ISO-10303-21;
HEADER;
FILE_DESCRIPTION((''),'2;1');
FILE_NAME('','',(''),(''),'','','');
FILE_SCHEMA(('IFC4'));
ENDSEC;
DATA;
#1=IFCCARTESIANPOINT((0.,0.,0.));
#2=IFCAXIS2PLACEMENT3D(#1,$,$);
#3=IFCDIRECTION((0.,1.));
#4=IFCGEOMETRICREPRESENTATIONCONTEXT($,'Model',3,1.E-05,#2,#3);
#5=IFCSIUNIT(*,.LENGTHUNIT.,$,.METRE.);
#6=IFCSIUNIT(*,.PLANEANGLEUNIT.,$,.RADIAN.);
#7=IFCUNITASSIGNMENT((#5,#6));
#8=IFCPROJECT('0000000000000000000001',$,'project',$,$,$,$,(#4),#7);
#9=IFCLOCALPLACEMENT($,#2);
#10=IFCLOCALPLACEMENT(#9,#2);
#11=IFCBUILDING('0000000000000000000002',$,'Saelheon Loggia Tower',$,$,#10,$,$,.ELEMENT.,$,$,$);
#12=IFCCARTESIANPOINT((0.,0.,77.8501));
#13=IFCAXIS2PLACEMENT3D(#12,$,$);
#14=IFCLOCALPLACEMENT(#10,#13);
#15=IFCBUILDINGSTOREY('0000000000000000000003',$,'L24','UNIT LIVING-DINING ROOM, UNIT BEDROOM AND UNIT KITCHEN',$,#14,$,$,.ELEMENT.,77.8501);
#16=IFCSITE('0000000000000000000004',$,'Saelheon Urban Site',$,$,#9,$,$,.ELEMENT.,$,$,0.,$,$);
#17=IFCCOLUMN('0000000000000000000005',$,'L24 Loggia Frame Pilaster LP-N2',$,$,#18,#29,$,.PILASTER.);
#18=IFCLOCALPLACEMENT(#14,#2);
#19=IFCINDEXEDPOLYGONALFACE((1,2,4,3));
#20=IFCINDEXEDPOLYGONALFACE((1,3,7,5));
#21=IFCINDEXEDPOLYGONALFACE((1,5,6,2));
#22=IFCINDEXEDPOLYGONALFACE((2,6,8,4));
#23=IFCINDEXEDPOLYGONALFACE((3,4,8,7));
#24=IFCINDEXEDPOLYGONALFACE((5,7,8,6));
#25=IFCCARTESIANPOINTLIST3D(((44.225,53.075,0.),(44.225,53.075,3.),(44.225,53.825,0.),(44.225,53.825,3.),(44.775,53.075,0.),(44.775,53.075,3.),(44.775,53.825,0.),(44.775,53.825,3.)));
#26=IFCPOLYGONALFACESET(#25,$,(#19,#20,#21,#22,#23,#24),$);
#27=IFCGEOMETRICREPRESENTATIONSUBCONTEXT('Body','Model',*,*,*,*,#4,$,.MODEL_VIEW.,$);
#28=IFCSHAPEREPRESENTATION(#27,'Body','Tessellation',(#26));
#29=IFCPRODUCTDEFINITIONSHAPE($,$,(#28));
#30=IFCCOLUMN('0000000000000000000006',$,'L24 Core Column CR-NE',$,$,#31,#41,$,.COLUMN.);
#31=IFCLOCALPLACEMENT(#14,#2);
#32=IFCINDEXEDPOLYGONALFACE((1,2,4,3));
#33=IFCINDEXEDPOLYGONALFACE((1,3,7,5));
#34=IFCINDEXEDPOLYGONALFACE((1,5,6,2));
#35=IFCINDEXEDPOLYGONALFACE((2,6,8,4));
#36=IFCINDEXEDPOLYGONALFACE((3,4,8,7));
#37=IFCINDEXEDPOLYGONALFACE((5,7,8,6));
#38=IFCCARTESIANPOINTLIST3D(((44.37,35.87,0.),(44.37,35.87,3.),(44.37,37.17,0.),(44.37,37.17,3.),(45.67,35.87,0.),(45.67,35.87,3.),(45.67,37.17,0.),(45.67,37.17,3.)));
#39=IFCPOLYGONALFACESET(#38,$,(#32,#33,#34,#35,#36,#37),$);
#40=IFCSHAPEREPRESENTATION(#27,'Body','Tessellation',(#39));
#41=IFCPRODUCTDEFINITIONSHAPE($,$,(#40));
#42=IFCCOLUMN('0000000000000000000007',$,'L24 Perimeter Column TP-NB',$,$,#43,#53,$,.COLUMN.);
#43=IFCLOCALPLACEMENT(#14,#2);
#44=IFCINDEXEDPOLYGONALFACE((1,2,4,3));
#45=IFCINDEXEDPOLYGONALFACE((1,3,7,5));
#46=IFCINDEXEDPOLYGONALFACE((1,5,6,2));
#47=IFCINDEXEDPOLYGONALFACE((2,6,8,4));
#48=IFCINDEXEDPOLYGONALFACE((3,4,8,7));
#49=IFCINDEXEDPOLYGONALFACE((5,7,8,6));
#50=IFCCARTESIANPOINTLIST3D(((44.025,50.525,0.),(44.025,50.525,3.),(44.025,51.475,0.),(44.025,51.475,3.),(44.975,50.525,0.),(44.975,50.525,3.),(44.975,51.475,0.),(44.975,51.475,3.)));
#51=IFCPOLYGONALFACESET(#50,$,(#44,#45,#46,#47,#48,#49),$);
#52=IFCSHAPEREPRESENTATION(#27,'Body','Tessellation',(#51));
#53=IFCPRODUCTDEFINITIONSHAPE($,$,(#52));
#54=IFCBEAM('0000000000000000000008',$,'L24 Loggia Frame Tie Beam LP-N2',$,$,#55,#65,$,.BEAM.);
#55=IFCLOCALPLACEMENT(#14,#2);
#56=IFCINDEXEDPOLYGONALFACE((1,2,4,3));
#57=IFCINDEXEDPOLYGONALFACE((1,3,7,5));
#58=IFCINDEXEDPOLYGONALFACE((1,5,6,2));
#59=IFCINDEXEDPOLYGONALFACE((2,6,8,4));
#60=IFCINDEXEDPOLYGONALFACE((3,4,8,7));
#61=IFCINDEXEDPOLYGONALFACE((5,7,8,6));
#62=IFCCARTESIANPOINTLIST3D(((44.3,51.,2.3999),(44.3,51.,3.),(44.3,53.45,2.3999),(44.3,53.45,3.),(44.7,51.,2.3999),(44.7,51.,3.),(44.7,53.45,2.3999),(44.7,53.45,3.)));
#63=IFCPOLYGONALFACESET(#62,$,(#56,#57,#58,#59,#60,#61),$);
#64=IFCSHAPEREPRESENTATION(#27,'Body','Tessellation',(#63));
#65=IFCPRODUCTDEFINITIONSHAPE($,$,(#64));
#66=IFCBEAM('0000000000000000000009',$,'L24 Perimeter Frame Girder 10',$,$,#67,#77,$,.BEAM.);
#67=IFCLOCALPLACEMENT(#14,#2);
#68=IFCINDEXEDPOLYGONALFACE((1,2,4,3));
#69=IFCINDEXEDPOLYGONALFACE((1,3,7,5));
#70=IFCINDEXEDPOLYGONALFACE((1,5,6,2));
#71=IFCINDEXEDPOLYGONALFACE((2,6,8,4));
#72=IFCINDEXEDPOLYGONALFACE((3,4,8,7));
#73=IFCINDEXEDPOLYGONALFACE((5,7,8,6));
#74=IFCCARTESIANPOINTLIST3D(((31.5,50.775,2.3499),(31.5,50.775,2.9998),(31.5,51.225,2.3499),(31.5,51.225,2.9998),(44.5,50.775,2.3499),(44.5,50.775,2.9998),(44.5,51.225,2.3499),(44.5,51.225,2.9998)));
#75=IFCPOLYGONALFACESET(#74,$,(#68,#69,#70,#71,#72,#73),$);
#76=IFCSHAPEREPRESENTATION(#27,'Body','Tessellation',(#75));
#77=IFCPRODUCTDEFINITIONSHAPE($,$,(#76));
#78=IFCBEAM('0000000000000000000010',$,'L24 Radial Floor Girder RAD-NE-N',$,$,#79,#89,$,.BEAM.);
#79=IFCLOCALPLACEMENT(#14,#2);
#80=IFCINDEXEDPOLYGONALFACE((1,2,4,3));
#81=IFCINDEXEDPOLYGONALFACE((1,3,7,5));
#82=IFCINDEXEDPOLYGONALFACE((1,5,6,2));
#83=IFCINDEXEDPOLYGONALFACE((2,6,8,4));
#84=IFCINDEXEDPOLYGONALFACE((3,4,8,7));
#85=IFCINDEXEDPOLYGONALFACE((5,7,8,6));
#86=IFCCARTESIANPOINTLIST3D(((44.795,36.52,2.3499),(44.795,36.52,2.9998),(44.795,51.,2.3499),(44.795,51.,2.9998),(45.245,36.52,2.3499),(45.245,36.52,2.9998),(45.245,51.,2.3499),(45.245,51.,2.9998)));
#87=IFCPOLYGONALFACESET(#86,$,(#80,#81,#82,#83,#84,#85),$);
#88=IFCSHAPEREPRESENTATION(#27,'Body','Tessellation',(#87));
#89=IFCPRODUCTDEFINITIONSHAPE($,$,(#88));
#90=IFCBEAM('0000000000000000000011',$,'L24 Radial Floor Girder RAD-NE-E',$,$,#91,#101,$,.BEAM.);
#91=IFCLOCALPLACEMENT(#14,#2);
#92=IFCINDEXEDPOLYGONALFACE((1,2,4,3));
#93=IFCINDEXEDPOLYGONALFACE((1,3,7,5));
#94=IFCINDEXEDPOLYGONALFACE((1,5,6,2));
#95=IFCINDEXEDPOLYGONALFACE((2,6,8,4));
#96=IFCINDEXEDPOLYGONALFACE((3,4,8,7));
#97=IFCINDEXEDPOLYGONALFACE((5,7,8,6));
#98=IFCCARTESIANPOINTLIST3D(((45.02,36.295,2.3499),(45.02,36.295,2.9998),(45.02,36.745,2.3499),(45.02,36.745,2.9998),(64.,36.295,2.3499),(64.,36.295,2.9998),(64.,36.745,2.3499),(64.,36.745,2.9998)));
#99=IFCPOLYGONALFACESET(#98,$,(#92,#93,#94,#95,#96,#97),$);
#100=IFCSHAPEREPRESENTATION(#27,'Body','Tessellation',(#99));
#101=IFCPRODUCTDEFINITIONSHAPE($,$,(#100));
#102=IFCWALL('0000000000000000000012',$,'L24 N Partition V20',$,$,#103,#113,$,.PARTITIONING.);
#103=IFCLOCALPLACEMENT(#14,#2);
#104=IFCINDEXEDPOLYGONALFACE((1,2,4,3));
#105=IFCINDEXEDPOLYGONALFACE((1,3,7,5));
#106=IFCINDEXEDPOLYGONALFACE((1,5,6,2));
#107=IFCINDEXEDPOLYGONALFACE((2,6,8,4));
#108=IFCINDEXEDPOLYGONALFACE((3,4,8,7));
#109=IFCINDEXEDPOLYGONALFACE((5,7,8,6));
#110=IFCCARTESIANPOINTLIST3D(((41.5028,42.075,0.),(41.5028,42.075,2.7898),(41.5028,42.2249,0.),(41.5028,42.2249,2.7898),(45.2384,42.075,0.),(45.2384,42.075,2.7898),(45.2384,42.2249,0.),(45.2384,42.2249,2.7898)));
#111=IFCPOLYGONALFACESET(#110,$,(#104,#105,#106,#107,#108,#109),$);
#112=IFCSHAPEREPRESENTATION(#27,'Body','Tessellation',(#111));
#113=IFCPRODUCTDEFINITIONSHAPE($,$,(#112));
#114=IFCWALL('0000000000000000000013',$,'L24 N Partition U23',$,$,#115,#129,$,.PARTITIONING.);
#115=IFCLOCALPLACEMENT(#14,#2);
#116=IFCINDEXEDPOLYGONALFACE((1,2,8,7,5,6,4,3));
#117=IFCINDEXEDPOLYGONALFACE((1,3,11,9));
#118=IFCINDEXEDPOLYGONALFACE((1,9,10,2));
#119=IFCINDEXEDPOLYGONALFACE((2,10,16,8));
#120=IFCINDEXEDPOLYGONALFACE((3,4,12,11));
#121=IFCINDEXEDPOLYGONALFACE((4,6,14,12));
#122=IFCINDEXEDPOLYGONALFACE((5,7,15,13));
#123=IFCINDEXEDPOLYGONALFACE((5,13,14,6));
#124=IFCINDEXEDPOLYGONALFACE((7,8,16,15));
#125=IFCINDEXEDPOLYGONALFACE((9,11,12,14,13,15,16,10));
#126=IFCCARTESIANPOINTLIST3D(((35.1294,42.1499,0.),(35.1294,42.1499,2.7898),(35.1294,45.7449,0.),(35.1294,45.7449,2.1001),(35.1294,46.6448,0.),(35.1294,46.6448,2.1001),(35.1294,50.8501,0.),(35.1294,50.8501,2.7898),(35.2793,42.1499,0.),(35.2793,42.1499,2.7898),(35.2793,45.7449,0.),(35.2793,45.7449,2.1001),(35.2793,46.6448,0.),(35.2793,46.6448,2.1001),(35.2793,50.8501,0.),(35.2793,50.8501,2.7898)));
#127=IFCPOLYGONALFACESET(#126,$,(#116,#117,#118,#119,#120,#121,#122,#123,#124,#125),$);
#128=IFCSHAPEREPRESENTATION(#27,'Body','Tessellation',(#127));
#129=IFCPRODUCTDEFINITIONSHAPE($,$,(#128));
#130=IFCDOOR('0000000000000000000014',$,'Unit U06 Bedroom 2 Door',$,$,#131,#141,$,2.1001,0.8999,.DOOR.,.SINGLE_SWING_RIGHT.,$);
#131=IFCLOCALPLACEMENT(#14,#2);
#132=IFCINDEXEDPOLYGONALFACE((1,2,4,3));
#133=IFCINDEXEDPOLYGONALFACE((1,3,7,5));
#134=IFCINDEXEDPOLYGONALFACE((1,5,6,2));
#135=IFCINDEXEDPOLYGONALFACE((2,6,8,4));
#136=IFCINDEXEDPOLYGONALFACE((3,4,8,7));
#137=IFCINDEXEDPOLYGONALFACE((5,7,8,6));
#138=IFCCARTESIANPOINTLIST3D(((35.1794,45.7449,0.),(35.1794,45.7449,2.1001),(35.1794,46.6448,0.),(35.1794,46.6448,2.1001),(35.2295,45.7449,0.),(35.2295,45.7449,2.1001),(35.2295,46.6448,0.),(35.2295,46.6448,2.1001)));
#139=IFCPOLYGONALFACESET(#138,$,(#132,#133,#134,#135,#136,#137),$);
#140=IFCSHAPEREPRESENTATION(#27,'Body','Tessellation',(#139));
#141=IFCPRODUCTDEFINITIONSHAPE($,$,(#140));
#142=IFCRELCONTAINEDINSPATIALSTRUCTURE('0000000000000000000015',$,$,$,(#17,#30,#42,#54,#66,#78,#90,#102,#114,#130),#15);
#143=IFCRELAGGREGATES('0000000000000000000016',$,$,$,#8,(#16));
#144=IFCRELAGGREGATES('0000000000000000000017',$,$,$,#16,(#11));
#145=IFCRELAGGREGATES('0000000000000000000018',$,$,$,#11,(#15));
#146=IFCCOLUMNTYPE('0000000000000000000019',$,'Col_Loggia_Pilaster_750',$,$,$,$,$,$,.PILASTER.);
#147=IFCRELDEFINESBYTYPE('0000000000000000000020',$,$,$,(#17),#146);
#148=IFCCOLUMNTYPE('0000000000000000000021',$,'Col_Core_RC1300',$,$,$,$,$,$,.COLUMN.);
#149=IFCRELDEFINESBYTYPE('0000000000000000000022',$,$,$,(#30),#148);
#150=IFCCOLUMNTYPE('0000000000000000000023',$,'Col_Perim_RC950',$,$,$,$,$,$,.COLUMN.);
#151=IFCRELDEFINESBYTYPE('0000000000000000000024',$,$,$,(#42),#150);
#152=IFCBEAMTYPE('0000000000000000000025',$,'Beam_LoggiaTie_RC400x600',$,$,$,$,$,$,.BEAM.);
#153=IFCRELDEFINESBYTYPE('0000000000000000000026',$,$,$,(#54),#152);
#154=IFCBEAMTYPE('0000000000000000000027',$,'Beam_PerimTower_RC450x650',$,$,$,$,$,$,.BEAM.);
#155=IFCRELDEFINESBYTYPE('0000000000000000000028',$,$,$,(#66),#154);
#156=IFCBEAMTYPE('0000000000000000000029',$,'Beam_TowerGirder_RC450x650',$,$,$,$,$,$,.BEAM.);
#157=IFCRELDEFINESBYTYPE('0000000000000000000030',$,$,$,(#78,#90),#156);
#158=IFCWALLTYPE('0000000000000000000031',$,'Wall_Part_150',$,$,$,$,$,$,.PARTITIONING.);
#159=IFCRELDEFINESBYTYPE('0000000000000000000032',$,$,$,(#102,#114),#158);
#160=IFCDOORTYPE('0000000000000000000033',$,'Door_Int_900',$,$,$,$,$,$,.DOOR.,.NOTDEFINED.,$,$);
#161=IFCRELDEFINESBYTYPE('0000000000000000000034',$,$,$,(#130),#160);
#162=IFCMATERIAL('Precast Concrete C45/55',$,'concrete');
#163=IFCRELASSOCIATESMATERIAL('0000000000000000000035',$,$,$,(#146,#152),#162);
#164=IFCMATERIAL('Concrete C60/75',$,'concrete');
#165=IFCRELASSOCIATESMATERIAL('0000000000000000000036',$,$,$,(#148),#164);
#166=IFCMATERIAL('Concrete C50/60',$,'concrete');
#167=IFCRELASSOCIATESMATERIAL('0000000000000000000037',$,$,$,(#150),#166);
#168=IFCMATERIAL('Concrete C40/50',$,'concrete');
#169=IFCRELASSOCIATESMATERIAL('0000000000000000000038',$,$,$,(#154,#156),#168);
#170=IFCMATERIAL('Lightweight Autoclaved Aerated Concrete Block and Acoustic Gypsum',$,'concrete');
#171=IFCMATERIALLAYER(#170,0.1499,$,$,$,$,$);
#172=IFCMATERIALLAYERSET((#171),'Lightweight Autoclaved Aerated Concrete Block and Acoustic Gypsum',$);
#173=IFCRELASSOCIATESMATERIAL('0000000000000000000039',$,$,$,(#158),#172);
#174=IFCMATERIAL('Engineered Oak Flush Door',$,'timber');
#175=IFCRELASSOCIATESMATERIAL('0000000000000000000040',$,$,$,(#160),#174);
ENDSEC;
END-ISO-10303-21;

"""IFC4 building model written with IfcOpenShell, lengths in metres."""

from ifc_helpers import new_model, si_unit, direction, frame, frame_2d, origin, origin_2d, place, context, subcontext, project, spatial, rectangle, extrude, source, transform, mapped, material, layer, layer_set, material_profile, profile_set, type_object, element, fill, save


model = new_model("IFC4")

# Units and contexts
model_context = context("Model", 3, precision=1e-05, world=origin(), true_north=direction((0.0, 1.0)))
body_context = subcontext(model_context, "Body", "Model", "MODEL_VIEW")
ifc_project = project(units=[si_unit("LENGTHUNIT", "METRE"), si_unit("PLANEANGLEUNIT", "RADIAN")], contexts=[model_context])

# Site, building, storey
site_placement = place(None, origin())
site = spatial("IfcSite", under=ifc_project, at=site_placement, Name="Saelheon Urban Site", CompositionType="ELEMENT", RefElevation=0.0)
building_placement = place(site_placement, origin())
building = spatial("IfcBuilding", under=site, at=building_placement, Name="Saelheon Loggia Tower", CompositionType="ELEMENT")
storey_placement = place(building_placement, frame((0.0, 0.0, 77.8501)))
storey = spatial("IfcBuildingStorey", under=building, at=storey_placement, Name="L24", Description="UNIT LIVING-DINING ROOM, UNIT BEDROOM AND UNIT KITCHEN", CompositionType="ELEMENT", Elevation=77.8501)

# Columns
ifc_material_1 = material(Name="Precast Concrete C45/55", Category="concrete")
ifc_material_profile_1 = material_profile(ifc_material_1, rectangle(XDim=0.55, YDim=0.75, at=origin_2d()), Name="RC-550x750")
ifc_profile_set_1 = profile_set([ifc_material_profile_1], Name="Precast Concrete C45/55")
column_type_1 = type_object("IfcColumnType", Name="Col_Loggia_Pilaster_750", PredefinedType="PILASTER", material=ifc_profile_set_1)
shared_shape_1 = source(origin(), body_context, "Body", "SweptSolid", [
    extrude(rectangle(XDim=0.55, YDim=0.75, at=origin_2d()), origin(), (0.0, 0.0, 1.0), 3.0),
])
column_1_placement = place(storey_placement, frame((44.5, 53.45, 0.0), z_axis=(0.0, 0.0, 1.0), x_axis=(1.0, 0.0, 0.0)))
element("IfcColumn", 1, at=column_1_placement, inside=storey, type_object=column_type_1, Name="L24 Loggia Frame Pilaster LP-N2", PredefinedType="PILASTER", context=body_context, shape_type="MappedRepresentation", body=[
    mapped(shared_shape_1, transform((0.0, 0.0, 0.0), scale=1.0)),
])
ifc_material_2 = material(Name="Concrete C60/75", Category="concrete")
ifc_material_profile_2 = material_profile(ifc_material_2, rectangle(XDim=1.3, YDim=1.3, at=origin_2d()), Name="RC-1300x1300")
ifc_profile_set_2 = profile_set([ifc_material_profile_2], Name="Concrete C60/75")
column_type_2 = type_object("IfcColumnType", Name="Col_Core_RC1300", PredefinedType="COLUMN", material=ifc_profile_set_2)
shared_shape_2 = source(origin(), body_context, "Body", "SweptSolid", [
    extrude(rectangle(XDim=1.3, YDim=1.3, at=origin_2d()), origin(), (0.0, 0.0, 1.0), 3.0),
])
column_2_placement = place(storey_placement, frame((45.02, 36.52, 0.0), z_axis=(0.0, 0.0, 1.0), x_axis=(1.0, 0.0, 0.0)))
element("IfcColumn", 2, at=column_2_placement, inside=storey, type_object=column_type_2, Name="L24 Core Column CR-NE", PredefinedType="COLUMN", context=body_context, shape_type="MappedRepresentation", body=[
    mapped(shared_shape_2, transform((0.0, 0.0, 0.0), scale=1.0)),
])
ifc_material_3 = material(Name="Concrete C50/60", Category="concrete")
ifc_material_profile_3 = material_profile(ifc_material_3, rectangle(XDim=0.95, YDim=0.95, at=origin_2d()), Name="RC-950x950")
ifc_profile_set_3 = profile_set([ifc_material_profile_3], Name="Concrete C50/60")
column_type_3 = type_object("IfcColumnType", Name="Col_Perim_RC950", PredefinedType="COLUMN", material=ifc_profile_set_3)
shared_shape_3 = source(origin(), body_context, "Body", "SweptSolid", [
    extrude(rectangle(XDim=0.95, YDim=0.95, at=origin_2d()), origin(), (0.0, 0.0, 1.0), 3.0),
])
column_3_placement = place(storey_placement, frame((44.5, 51.0, 0.0), z_axis=(0.0, 0.0, 1.0), x_axis=(1.0, 0.0, 0.0)))
element("IfcColumn", 3, at=column_3_placement, inside=storey, type_object=column_type_3, Name="L24 Perimeter Column TP-NB", PredefinedType="COLUMN", context=body_context, shape_type="MappedRepresentation", body=[
    mapped(shared_shape_3, transform((0.0, 0.0, 0.0), scale=1.0)),
])

# Beams
ifc_material_profile_4 = material_profile(ifc_material_1, rectangle(XDim=0.3999, YDim=0.6001, at=origin_2d()), Name="RC-400x600")
ifc_profile_set_4 = profile_set([ifc_material_profile_4], Name="Precast Concrete C45/55")
beam_type_1 = type_object("IfcBeamType", Name="Beam_LoggiaTie_RC400x600", PredefinedType="BEAM", material=ifc_profile_set_4)
shared_shape_4 = source(origin(), body_context, "Body", "SweptSolid", [
    extrude(rectangle(XDim=0.3999, YDim=0.6001, at=origin_2d()), origin(), (0.0, 0.0, 1.0), 2.45),
])
beam_1_placement = place(storey_placement, frame((44.5, 51.0, 2.7), z_axis=(0.0, 1.0, 0.0), x_axis=(-1.0, 0.0, 0.0)))
element("IfcBeam", 4, at=beam_1_placement, inside=storey, type_object=beam_type_1, Name="L24 Loggia Frame Tie Beam LP-N2", PredefinedType="BEAM", context=body_context, shape_type="MappedRepresentation", body=[
    mapped(shared_shape_4, transform((0.0, 0.0, 0.0), scale=1.0)),
])
ifc_material_4 = material(Name="Concrete C40/50", Category="concrete")
ifc_material_profile_5 = material_profile(ifc_material_4, rectangle(XDim=0.45, YDim=0.6499, at=origin_2d()), Name="RC-450x650")
ifc_profile_set_5 = profile_set([ifc_material_profile_5], Name="Concrete C40/50")
beam_type_2 = type_object("IfcBeamType", Name="Beam_PerimTower_RC450x650", PredefinedType="BEAM", material=ifc_profile_set_5)
shared_shape_5 = source(origin(), body_context, "Body", "SweptSolid", [
    extrude(rectangle(XDim=0.45, YDim=0.6499, at=origin_2d()), origin(), (0.0, 0.0, 1.0), 13.0),
])
beam_2_placement = place(storey_placement, frame((44.5, 51.0, 2.6748), z_axis=(-1.0, 0.0, 0.0), x_axis=(0.0, -1.0, 0.0)))
element("IfcBeam", 5, at=beam_2_placement, inside=storey, type_object=beam_type_2, Name="L24 Perimeter Frame Girder 10", PredefinedType="BEAM", context=body_context, shape_type="MappedRepresentation", body=[
    mapped(shared_shape_5, transform((0.0, 0.0, 0.0), scale=1.0)),
])
ifc_material_profile_6 = material_profile(ifc_material_4, rectangle(XDim=0.45, YDim=0.6499, at=origin_2d()), Name="RC-450x650")
ifc_profile_set_6 = profile_set([ifc_material_profile_6], Name="Concrete C40/50")
beam_type_3 = type_object("IfcBeamType", Name="Beam_TowerGirder_RC450x650", PredefinedType="BEAM", material=ifc_profile_set_6)
shared_shape_6 = source(origin(), body_context, "Body", "SweptSolid", [
    extrude(rectangle(XDim=0.45, YDim=0.6499, at=origin_2d()), origin(), (0.0, 0.0, 1.0), 14.48),
])
beam_3_placement = place(storey_placement, frame((45.02, 36.52, 2.6748), z_axis=(0.0, 1.0, 0.0), x_axis=(-1.0, 0.0, 0.0)))
element("IfcBeam", 6, at=beam_3_placement, inside=storey, type_object=beam_type_3, Name="L24 Radial Floor Girder RAD-NE-N", PredefinedType="BEAM", context=body_context, shape_type="MappedRepresentation", body=[
    mapped(shared_shape_6, transform((0.0, 0.0, 0.0), scale=1.0)),
])
shared_shape_7 = source(origin(), body_context, "Body", "SweptSolid", [
    extrude(rectangle(XDim=0.45, YDim=0.6499, at=origin_2d()), origin(), (0.0, 0.0, 1.0), 18.98),
])
beam_4_placement = place(storey_placement, frame((45.02, 36.52, 2.6748), z_axis=(1.0, 0.0, 0.0), x_axis=(0.0, 1.0, 0.0)))
element("IfcBeam", 7, at=beam_4_placement, inside=storey, type_object=beam_type_3, Name="L24 Radial Floor Girder RAD-NE-E", PredefinedType="BEAM", context=body_context, shape_type="MappedRepresentation", body=[
    mapped(shared_shape_7, transform((0.0, 0.0, 0.0), scale=1.0)),
])

# Wall
ifc_material_5 = material(Name="Lightweight Autoclaved Aerated Concrete Block and Acoustic Gypsum", Category="concrete")
ifc_layer_1 = layer(ifc_material_5, 0.1499)
ifc_layer_set_1 = layer_set([ifc_layer_1], Name="Lightweight Autoclaved Aerated Concrete Block and Acoustic Gypsum")
wall_type_1 = type_object("IfcWallType", Name="Wall_Part_150", PredefinedType="PARTITIONING", material=ifc_layer_set_1)
wall_1_placement = place(storey_placement, frame((41.5029, 42.1499, 0.0), z_axis=(0.0, 0.0, 1.0), x_axis=(1.0, 0.0, 0.0)))
element("IfcWall", 8, at=wall_1_placement, inside=storey, type_object=wall_type_1, Name="L24 N Partition V20", PredefinedType="PARTITIONING", context=body_context, shape_type="SweptSolid", body=[
    extrude(rectangle(XDim=3.7356, YDim=0.1499, at=frame_2d((1.8677, 0.0))), origin(), (0.0, 0.0, 1.0), 2.7898),
])

# Wall, opening, door
wall_2_placement = place(storey_placement, frame((35.2043, 42.1499, 0.0), z_axis=(0.0, 0.0, 1.0), x_axis=(0.0, 1.0, 0.0)))
wall_2 = element("IfcWall", 9, at=wall_2_placement, inside=storey, type_object=wall_type_1, Name="L24 N Partition U23", PredefinedType="PARTITIONING", context=body_context, shape_type="SweptSolid", body=[
    extrude(rectangle(XDim=8.7002, YDim=0.1499, at=frame_2d((4.3501, 0.0))), origin(), (0.0, 0.0, 1.0), 2.7898),
])
opening_1_placement = place(wall_2_placement, frame((3.595, 0.0, 0.0)))
opening_1 = element("IfcOpeningElement", 10, at=opening_1_placement, cuts=wall_2, PredefinedType="OPENING", context=body_context, shape_type="SweptSolid", body=[
    extrude(rectangle(XDim=0.8999, YDim=2.1001, at=frame_2d((0.45, 1.05))), frame((0.0, 0.0869, 0.0), z_axis=(0.0, -1.0, 0.0), x_axis=(1.0, 0.0, 0.0)), (0.0, 0.0, 1.0), 0.1738),
])
ifc_material_6 = material(Name="Engineered Oak Flush Door", Category="timber")
door_type_1 = type_object("IfcDoorType", Name="Door_Int_900", OperationType="NOTDEFINED", PredefinedType="DOOR", material=ifc_material_6)
shared_shape_8 = source(origin(), body_context, "Body", "SweptSolid", [
    extrude(rectangle(XDim=0.8999, YDim=2.1001, at=frame_2d((0.45, 1.05))), frame((0.0, 0.0249, 0.0), z_axis=(0.0, -1.0, 0.0), x_axis=(1.0, 0.0, 0.0)), (0.0, 0.0, 1.0), 0.05),
])
door_1_placement = place(opening_1_placement, origin())
door_1 = element("IfcDoor", 11, at=door_1_placement, inside=storey, type_object=door_type_1, Name="Unit U06 Bedroom 2 Door", OperationType="SINGLE_SWING_RIGHT", OverallHeight=2.1001, OverallWidth=0.8999, PredefinedType="DOOR", context=body_context, shape_type="MappedRepresentation", body=[
    mapped(shared_shape_8, transform((0.0, 0.0, 0.0), scale=1.0)),
])
fill(opening_1, door_1)

save(model, "model.ifc")
